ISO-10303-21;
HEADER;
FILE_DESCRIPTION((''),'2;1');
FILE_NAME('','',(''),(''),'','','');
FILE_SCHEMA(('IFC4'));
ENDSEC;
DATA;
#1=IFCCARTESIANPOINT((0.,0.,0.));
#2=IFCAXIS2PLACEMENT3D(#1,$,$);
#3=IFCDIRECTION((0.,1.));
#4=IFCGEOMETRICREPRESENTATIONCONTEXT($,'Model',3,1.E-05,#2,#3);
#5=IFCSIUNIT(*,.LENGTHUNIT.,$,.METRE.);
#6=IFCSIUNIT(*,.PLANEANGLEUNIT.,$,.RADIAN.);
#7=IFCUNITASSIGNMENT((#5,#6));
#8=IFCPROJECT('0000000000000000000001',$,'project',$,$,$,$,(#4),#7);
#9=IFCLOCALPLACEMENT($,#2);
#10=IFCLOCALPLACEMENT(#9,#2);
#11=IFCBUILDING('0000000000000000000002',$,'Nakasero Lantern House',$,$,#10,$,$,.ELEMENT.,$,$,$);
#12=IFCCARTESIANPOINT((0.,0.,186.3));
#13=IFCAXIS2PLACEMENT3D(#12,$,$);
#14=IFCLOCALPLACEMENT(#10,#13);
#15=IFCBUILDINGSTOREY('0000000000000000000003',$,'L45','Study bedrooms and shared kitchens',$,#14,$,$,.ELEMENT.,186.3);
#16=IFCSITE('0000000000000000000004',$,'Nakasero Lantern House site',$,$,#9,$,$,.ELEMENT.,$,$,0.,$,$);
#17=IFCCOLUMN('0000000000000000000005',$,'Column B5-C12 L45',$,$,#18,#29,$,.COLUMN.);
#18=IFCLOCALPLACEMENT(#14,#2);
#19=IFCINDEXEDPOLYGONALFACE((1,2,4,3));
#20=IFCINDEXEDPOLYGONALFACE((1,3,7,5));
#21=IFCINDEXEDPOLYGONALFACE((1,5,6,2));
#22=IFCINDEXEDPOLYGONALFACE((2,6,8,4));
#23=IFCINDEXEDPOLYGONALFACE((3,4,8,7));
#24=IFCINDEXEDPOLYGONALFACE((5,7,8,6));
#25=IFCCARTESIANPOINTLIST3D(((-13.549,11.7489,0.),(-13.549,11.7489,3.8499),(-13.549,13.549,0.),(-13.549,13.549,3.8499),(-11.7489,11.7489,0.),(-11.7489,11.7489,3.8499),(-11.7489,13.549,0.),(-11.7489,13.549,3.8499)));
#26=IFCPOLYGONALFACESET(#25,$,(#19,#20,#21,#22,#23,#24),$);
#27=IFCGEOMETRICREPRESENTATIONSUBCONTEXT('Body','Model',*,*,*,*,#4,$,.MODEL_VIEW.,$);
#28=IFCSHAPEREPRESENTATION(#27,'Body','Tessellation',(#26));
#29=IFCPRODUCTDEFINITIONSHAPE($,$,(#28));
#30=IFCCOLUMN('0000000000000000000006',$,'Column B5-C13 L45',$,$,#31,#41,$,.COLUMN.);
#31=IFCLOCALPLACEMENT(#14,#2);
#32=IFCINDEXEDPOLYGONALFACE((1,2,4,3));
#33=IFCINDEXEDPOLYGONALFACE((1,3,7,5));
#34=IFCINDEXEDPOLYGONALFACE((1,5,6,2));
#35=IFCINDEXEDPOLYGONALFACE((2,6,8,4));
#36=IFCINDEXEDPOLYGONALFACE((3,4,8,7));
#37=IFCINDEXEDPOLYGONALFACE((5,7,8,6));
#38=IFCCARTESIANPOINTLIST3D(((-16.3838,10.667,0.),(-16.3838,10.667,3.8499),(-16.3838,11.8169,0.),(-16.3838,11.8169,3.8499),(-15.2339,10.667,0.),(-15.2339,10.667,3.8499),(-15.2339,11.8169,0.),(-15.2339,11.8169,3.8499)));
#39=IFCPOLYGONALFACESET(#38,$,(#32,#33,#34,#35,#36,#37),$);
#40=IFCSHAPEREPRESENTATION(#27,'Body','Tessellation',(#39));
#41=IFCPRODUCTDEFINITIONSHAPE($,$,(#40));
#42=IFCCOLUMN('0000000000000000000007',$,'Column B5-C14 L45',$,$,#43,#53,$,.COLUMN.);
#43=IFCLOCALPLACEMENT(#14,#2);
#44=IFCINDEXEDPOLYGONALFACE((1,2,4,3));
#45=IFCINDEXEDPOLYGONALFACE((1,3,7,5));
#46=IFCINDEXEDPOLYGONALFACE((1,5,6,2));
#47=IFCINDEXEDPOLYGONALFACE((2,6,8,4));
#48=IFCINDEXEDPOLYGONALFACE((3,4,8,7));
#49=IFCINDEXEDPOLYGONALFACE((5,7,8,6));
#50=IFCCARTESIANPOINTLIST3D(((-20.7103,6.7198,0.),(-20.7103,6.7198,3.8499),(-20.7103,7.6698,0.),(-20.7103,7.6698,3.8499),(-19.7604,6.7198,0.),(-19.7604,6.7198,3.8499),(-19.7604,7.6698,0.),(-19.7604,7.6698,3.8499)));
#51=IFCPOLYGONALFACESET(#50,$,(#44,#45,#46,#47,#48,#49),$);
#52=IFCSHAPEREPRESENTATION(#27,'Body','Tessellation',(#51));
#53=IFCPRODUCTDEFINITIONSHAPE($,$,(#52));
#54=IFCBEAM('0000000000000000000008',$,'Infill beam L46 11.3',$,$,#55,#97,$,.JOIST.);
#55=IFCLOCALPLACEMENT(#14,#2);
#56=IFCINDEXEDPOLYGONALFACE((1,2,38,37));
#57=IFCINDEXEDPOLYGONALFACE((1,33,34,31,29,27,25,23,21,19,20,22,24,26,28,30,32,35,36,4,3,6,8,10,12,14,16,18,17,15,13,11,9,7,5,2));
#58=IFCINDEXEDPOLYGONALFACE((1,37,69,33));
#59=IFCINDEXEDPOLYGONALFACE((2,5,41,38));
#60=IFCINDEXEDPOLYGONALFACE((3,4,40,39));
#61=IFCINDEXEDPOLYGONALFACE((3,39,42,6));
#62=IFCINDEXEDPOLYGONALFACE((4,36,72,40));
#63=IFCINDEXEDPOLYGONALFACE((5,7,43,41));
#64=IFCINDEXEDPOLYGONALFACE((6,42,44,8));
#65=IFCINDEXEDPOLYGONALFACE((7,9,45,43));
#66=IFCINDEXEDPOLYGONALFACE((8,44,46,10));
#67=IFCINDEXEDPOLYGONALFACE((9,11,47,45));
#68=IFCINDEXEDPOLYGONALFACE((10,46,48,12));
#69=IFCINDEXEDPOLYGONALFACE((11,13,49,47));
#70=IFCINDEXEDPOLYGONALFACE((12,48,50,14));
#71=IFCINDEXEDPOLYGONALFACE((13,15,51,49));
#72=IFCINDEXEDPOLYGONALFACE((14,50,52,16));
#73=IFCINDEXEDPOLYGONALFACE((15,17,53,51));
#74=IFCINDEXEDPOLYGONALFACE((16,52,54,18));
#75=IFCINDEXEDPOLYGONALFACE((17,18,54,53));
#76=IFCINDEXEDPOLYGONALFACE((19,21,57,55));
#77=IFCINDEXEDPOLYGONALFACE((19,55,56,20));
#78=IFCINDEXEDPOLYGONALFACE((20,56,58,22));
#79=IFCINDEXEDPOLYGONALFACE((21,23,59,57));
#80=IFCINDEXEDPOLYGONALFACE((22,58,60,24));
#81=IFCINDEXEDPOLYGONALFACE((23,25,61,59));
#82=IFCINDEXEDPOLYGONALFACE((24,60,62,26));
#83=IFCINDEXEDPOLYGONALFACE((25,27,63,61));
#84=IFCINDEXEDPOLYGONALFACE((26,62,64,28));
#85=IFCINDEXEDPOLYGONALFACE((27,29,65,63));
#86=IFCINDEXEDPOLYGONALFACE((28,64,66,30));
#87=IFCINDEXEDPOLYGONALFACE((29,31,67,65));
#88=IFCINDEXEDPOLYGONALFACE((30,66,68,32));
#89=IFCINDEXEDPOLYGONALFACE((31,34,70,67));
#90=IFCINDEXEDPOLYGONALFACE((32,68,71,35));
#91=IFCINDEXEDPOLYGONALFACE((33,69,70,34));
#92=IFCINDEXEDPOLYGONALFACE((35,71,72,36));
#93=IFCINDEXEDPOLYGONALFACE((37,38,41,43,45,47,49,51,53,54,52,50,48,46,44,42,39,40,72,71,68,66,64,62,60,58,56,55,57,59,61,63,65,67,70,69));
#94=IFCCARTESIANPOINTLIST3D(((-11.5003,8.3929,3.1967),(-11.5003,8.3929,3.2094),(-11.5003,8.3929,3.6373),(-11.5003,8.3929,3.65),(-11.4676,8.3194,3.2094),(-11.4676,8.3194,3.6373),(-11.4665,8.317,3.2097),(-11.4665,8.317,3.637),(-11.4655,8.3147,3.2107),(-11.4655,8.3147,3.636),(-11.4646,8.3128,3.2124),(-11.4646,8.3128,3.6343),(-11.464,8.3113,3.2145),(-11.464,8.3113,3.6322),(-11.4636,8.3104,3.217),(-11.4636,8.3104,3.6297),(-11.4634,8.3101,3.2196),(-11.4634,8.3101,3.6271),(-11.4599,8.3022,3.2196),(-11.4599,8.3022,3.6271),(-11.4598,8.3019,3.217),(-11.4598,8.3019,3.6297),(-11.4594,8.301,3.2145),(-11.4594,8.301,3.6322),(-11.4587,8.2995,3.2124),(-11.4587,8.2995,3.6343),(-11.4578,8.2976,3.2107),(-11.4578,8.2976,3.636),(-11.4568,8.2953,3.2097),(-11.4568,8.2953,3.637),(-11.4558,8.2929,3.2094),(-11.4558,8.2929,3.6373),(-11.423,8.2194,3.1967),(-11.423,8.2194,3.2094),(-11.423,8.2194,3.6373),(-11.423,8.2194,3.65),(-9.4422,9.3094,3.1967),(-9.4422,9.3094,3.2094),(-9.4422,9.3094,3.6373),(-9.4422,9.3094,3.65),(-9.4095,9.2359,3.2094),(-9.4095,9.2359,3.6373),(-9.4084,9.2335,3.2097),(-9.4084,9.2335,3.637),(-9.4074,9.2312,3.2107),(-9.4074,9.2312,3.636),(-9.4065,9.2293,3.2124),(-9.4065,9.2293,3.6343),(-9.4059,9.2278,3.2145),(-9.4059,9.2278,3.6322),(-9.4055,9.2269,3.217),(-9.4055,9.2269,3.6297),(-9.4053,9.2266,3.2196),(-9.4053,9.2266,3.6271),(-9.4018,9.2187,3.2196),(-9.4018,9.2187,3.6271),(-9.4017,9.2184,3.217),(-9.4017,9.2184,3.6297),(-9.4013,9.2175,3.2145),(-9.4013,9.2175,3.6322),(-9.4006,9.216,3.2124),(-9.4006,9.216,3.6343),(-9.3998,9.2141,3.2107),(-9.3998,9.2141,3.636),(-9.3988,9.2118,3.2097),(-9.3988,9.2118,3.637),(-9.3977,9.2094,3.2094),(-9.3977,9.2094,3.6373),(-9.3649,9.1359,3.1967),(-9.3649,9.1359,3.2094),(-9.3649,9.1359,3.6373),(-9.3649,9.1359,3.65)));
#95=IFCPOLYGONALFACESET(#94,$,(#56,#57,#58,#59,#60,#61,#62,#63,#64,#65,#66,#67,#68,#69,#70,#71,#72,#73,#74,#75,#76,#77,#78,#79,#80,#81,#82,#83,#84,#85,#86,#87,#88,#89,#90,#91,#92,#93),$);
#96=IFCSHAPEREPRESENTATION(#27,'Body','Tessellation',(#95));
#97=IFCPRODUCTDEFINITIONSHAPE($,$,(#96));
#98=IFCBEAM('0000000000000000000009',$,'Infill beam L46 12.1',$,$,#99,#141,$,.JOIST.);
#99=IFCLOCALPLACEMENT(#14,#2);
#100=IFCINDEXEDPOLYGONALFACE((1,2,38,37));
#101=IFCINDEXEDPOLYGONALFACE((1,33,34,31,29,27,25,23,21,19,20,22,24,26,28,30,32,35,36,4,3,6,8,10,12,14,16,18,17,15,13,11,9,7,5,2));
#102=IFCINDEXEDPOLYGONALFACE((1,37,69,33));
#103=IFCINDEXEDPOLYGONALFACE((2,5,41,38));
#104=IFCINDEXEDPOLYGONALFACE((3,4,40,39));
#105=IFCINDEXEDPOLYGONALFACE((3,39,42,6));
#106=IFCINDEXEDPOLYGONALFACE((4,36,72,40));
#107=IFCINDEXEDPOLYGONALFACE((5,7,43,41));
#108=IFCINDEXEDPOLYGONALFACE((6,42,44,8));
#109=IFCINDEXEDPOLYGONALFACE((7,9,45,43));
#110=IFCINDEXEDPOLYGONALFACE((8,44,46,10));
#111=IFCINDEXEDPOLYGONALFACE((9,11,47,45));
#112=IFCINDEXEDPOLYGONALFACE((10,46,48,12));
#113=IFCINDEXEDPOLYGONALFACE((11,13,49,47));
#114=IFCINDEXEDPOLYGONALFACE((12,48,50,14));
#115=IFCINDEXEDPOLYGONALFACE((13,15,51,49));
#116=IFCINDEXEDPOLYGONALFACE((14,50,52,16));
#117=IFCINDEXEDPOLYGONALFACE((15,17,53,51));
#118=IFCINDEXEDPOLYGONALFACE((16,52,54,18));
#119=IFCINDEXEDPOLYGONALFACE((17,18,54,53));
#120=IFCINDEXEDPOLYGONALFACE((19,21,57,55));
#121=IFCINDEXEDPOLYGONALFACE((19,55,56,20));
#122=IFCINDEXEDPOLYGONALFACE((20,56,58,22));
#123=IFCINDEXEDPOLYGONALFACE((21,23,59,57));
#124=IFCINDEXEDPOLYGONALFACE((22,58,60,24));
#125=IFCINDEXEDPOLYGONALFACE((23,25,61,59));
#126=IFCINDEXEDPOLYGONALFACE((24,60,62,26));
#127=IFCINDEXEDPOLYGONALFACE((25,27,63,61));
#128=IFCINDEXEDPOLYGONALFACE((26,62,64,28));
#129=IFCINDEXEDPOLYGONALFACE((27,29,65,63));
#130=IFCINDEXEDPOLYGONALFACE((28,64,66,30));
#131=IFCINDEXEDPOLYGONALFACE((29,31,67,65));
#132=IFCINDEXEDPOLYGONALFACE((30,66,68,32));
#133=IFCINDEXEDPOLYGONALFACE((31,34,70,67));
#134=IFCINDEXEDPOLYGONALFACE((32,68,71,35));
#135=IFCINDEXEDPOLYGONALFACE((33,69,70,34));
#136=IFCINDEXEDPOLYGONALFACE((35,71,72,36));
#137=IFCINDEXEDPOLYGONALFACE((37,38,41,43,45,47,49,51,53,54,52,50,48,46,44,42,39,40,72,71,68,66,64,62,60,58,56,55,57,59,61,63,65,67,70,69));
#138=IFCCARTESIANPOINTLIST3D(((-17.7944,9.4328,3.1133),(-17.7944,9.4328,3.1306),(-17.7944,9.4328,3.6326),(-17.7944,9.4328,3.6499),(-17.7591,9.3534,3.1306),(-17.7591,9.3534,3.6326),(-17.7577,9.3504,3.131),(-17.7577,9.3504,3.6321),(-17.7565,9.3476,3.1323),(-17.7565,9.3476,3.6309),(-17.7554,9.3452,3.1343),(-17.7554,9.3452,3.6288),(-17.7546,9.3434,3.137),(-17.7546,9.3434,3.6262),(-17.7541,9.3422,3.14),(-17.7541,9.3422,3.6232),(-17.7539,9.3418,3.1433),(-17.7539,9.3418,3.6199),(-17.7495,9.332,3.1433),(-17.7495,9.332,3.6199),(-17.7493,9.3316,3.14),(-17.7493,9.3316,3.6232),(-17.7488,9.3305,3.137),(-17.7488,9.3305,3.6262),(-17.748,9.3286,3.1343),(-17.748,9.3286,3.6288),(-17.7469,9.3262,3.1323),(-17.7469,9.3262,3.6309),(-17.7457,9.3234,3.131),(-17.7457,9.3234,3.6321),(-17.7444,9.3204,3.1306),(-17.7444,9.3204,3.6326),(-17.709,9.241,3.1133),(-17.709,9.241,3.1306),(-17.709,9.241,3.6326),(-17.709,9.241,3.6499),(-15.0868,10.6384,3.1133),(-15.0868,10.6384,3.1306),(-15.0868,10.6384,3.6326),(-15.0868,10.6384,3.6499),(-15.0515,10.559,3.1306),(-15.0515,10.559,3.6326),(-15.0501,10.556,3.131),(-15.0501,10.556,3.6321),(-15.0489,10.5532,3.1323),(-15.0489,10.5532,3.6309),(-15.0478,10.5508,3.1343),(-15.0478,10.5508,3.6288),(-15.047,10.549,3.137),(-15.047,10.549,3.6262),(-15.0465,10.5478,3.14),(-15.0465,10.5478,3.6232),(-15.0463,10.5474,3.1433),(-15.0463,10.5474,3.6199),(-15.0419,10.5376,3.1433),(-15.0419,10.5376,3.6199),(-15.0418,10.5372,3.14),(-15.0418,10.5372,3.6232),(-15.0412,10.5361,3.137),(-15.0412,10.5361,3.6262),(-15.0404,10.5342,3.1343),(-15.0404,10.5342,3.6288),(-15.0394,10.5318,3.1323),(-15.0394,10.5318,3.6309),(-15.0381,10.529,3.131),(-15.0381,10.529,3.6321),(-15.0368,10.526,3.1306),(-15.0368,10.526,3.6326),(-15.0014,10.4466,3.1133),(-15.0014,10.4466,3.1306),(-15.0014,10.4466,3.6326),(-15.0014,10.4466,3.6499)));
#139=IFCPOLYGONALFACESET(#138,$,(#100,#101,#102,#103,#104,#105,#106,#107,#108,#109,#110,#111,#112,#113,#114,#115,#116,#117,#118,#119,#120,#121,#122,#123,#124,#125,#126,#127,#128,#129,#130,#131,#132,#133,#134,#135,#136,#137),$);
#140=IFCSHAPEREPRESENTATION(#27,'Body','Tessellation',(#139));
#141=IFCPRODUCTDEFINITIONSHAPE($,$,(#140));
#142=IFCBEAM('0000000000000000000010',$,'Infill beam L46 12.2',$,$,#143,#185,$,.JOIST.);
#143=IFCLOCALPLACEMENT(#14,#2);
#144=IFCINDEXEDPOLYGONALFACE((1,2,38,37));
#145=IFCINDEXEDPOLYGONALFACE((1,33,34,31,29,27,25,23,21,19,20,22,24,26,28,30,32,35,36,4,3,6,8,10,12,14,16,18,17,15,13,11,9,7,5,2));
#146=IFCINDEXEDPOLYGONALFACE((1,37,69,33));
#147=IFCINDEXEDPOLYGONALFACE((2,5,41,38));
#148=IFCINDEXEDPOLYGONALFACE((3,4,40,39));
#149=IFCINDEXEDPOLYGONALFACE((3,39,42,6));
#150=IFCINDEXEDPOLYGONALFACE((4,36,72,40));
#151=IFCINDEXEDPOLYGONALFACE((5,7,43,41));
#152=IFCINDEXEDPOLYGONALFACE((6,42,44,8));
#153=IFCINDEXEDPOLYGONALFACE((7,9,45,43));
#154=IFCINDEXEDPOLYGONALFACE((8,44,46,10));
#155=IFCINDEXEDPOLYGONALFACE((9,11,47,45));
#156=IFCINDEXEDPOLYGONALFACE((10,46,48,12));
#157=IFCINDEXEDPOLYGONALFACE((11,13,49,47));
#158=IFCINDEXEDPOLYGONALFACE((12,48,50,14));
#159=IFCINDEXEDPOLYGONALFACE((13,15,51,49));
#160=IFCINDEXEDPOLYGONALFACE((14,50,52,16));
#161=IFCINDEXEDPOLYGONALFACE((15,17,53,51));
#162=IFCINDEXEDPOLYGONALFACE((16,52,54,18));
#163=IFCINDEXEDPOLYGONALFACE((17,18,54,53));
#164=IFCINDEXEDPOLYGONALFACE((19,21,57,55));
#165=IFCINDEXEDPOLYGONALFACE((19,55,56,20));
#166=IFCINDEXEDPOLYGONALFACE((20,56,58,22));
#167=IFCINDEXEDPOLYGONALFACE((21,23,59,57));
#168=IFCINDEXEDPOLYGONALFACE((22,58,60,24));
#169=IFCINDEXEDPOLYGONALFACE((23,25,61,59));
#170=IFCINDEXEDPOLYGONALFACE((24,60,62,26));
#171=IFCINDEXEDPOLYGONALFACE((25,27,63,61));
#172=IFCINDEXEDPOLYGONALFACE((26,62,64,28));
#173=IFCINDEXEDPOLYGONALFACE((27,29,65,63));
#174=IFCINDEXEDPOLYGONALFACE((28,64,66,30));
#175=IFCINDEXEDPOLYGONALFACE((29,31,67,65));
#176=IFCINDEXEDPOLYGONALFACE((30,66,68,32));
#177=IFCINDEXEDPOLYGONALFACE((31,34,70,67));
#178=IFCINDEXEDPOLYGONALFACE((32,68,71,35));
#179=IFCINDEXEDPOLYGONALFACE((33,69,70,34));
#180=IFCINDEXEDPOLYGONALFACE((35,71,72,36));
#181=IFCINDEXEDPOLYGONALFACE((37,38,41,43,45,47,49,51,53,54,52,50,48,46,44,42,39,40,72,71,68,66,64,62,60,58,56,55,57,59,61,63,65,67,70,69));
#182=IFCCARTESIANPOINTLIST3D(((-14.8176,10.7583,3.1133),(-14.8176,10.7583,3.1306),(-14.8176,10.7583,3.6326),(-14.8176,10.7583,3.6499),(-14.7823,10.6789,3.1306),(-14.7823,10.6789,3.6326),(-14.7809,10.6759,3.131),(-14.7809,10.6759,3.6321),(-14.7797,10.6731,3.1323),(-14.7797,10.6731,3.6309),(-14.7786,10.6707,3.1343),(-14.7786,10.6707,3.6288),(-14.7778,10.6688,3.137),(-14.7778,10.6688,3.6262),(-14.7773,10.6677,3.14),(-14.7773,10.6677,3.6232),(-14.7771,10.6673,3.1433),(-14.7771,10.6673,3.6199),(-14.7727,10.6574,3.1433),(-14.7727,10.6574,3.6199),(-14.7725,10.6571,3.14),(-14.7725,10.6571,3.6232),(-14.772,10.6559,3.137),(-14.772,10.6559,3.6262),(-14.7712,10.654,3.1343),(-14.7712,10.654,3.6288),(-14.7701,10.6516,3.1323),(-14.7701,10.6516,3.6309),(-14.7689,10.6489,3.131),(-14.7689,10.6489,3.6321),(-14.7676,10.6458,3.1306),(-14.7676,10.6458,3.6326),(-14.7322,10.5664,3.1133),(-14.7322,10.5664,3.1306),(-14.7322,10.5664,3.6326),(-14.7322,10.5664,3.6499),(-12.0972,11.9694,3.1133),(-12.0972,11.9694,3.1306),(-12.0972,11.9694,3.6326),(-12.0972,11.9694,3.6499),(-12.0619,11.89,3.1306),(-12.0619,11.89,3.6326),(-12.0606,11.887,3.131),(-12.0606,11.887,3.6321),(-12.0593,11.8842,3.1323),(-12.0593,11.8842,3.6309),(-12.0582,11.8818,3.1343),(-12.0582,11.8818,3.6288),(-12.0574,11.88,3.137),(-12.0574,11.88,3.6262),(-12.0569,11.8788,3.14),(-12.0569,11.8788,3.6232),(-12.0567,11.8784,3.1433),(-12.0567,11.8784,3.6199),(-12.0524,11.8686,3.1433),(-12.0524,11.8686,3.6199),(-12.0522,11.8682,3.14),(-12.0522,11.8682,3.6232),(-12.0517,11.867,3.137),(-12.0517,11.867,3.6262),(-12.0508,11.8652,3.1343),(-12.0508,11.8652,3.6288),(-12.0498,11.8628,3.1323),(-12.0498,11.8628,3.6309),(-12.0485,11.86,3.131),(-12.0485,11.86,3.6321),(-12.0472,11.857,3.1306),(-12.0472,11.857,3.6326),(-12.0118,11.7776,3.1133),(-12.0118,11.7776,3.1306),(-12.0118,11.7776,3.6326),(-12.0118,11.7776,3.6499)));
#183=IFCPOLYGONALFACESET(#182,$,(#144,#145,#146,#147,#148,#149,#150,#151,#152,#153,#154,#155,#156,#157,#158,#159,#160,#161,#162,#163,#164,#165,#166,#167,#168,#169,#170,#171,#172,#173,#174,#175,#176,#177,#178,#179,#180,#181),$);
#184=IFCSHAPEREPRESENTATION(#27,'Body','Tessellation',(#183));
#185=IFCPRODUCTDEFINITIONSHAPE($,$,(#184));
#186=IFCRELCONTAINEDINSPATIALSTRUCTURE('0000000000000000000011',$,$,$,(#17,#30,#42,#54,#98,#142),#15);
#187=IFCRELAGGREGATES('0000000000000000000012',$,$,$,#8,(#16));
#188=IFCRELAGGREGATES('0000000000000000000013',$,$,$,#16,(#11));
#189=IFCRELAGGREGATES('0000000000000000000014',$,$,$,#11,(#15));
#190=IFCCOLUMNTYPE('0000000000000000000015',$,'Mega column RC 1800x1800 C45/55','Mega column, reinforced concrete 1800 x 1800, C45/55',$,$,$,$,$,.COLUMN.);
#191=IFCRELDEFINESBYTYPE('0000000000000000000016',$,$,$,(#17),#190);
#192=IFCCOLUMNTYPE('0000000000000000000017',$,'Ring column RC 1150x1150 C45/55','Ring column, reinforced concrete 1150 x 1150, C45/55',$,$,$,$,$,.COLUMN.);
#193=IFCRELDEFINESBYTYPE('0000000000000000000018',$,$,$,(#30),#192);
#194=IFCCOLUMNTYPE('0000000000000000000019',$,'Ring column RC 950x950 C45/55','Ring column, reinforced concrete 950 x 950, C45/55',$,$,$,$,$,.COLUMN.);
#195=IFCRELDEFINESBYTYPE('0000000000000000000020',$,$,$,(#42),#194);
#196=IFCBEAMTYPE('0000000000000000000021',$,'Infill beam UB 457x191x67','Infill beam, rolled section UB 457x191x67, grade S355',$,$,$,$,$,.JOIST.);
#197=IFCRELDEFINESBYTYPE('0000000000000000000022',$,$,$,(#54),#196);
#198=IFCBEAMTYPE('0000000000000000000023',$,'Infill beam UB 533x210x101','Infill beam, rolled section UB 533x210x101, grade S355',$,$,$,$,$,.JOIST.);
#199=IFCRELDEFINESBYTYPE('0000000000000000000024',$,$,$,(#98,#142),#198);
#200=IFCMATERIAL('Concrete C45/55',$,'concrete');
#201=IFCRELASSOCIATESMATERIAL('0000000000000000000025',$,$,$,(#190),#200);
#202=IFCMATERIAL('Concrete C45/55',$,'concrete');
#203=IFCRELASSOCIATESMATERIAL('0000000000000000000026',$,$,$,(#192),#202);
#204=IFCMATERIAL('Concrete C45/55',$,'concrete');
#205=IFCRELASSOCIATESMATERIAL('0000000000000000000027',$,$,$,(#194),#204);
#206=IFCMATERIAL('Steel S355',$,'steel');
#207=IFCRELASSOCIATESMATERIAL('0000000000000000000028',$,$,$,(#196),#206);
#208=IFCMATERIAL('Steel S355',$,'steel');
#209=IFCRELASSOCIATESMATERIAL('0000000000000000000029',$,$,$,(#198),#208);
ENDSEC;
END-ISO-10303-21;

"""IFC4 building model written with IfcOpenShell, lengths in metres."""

from ifc_helpers import new_model, si_unit, direction, frame, origin, origin_2d, place, context, subcontext, project, spatial, rectangle, i_section, extrude, material, material_profile, profile_set, type_object, element, save


model = new_model("IFC4")

# Units and contexts
model_context = context("Model", 3, precision=1e-05, world=origin(), true_north=direction((0.0, 1.0)))
body_context = subcontext(model_context, "Body", "Model", "MODEL_VIEW")
ifc_project = project(units=[si_unit("LENGTHUNIT", "METRE"), si_unit("PLANEANGLEUNIT", "RADIAN")], contexts=[model_context])

# Site, building, storey
site_placement = place(None, origin())
site = spatial("IfcSite", under=ifc_project, at=site_placement, Name="Nakasero Lantern House site", CompositionType="ELEMENT", RefElevation=0.0)
building_placement = place(site_placement, origin())
building = spatial("IfcBuilding", under=site, at=building_placement, Name="Nakasero Lantern House", CompositionType="ELEMENT")
storey_placement = place(building_placement, frame((0.0, 0.0, 186.3)))
storey = spatial("IfcBuildingStorey", under=building, at=storey_placement, Name="L45", Description="Study bedrooms and shared kitchens", CompositionType="ELEMENT", Elevation=186.3)

# Columns
ifc_material_1 = material(Name="Concrete C45/55", Category="concrete")
ifc_material_profile_1 = material_profile(ifc_material_1, rectangle(XDim=1.8, YDim=1.8, at=origin_2d()), Name="RC 1800x1800")
ifc_profile_set_1 = profile_set([ifc_material_profile_1], Name="Concrete C45/55")
column_type_1 = type_object("IfcColumnType", Name="Mega column RC 1800x1800 C45/55", Description="Mega column, reinforced concrete 1800 x 1800, C45/55", PredefinedType="COLUMN", material=ifc_profile_set_1)
column_1_placement = place(storey_placement, frame((-12.6489, 12.6489, 0.0), z_axis=(0.0, 0.0, 1.0), x_axis=(1.0, 0.0, 0.0)))
element("IfcColumn", 1, at=column_1_placement, inside=storey, type_object=column_type_1, Name="Column B5-C12 L45", PredefinedType="COLUMN", context=body_context, shape_type="SweptSolid", body=[
    extrude(rectangle(XDim=1.8, YDim=1.8, at=origin_2d()), origin(), (0.0, 0.0, 1.0), 3.8499),
])
ifc_material_2 = material(Name="Concrete C45/55", Category="concrete")
ifc_material_profile_2 = material_profile(ifc_material_2, rectangle(XDim=1.1499, YDim=1.1499, at=origin_2d()), Name="RC 1150x1150")
ifc_profile_set_2 = profile_set([ifc_material_profile_2], Name="Concrete C45/55")
column_type_2 = type_object("IfcColumnType", Name="Ring column RC 1150x1150 C45/55", Description="Ring column, reinforced concrete 1150 x 1150, C45/55", PredefinedType="COLUMN", material=ifc_profile_set_2)
column_2_placement = place(storey_placement, frame((-15.8088, 11.2419, 0.0), z_axis=(0.0, 0.0, 1.0), x_axis=(1.0, 0.0, 0.0)))
element("IfcColumn", 2, at=column_2_placement, inside=storey, type_object=column_type_2, Name="Column B5-C13 L45", PredefinedType="COLUMN", context=body_context, shape_type="SweptSolid", body=[
    extrude(rectangle(XDim=1.1499, YDim=1.1499, at=origin_2d()), origin(), (0.0, 0.0, 1.0), 3.8499),
])
ifc_material_3 = material(Name="Concrete C45/55", Category="concrete")
ifc_material_profile_3 = material_profile(ifc_material_3, rectangle(XDim=0.95, YDim=0.95, at=origin_2d()), Name="RC 950x950")
ifc_profile_set_3 = profile_set([ifc_material_profile_3], Name="Concrete C45/55")
column_type_3 = type_object("IfcColumnType", Name="Ring column RC 950x950 C45/55", Description="Ring column, reinforced concrete 950 x 950, C45/55", PredefinedType="COLUMN", material=ifc_profile_set_3)
column_3_placement = place(storey_placement, frame((-20.2354, 7.1948, 0.0), z_axis=(0.0, 0.0, 1.0), x_axis=(1.0, 0.0, 0.0)))
element("IfcColumn", 3, at=column_3_placement, inside=storey, type_object=column_type_3, Name="Column B5-C14 L45", PredefinedType="COLUMN", context=body_context, shape_type="SweptSolid", body=[
    extrude(rectangle(XDim=0.95, YDim=0.95, at=origin_2d()), origin(), (0.0, 0.0, 1.0), 3.8499),
])

# Beams
ifc_material_4 = material(Name="Steel S355", Category="steel")
ifc_material_profile_4 = material_profile(ifc_material_4, i_section(OverallWidth=0.1899, OverallDepth=0.4534, WebThickness=0.0085, FlangeThickness=0.0127, FilletRadius=0.0103, at=origin_2d()), Name="UB 457x191x67")
ifc_profile_set_4 = profile_set([ifc_material_profile_4], Name="Steel S355")
beam_type_1 = type_object("IfcBeamType", Name="Infill beam UB 457x191x67", Description="Infill beam, rolled section UB 457x191x67, grade S355", PredefinedType="JOIST", material=ifc_profile_set_4)
beam_1_placement = place(storey_placement, frame((-11.4617, 8.3062, 3.4233), z_axis=(0.913516, 0.406802, 0.0), x_axis=(-0.406802, 0.913516, 0.0)))
element("IfcBeam", 4, at=beam_1_placement, inside=storey, type_object=beam_type_1, Name="Infill beam L46 11.3", PredefinedType="JOIST", context=body_context, shape_type="SweptSolid", body=[
    extrude(i_section(OverallWidth=0.1899, OverallDepth=0.4534, WebThickness=0.0085, FlangeThickness=0.0127, FilletRadius=0.0103, at=origin_2d()), origin(), (0.0, 0.0, 1.0), 2.2529),
])
ifc_material_5 = material(Name="Steel S355", Category="steel")
ifc_material_profile_5 = material_profile(ifc_material_5, i_section(OverallWidth=0.21, OverallDepth=0.5366, WebThickness=0.0107, FlangeThickness=0.0173, FilletRadius=0.0127, at=origin_2d()), Name="UB 533x210x101")
ifc_profile_set_5 = profile_set([ifc_material_profile_5], Name="Steel S355")
beam_type_2 = type_object("IfcBeamType", Name="Infill beam UB 533x210x101", Description="Infill beam, rolled section UB 533x210x101, grade S355", PredefinedType="JOIST", material=ifc_profile_set_5)
beam_2_placement = place(storey_placement, frame((-17.7517, 9.3369, 3.3816), z_axis=(0.913533, 0.406765, 0.0), x_axis=(-0.406765, 0.913533, 0.0)))
element("IfcBeam", 5, at=beam_2_placement, inside=storey, type_object=beam_type_2, Name="Infill beam L46 12.1", PredefinedType="JOIST", context=body_context, shape_type="SweptSolid", body=[
    extrude(i_section(OverallWidth=0.21, OverallDepth=0.5366, WebThickness=0.0107, FlangeThickness=0.0173, FilletRadius=0.0127, at=origin_2d()), origin(), (0.0, 0.0, 1.0), 2.9639),
])
beam_3_placement = place(storey_placement, frame((-14.7749, 10.6624, 3.3816), z_axis=(0.913551, 0.406724, 0.0), x_axis=(-0.406724, 0.913551, 0.0)))
element("IfcBeam", 6, at=beam_3_placement, inside=storey, type_object=beam_type_2, Name="Infill beam L46 12.2", PredefinedType="JOIST", context=body_context, shape_type="SweptSolid", body=[
    extrude(i_section(OverallWidth=0.21, OverallDepth=0.5366, WebThickness=0.0107, FlangeThickness=0.0173, FilletRadius=0.0127, at=origin_2d()), origin(), (0.0, 0.0, 1.0), 2.9778),
])

save(model, "model.ifc")
